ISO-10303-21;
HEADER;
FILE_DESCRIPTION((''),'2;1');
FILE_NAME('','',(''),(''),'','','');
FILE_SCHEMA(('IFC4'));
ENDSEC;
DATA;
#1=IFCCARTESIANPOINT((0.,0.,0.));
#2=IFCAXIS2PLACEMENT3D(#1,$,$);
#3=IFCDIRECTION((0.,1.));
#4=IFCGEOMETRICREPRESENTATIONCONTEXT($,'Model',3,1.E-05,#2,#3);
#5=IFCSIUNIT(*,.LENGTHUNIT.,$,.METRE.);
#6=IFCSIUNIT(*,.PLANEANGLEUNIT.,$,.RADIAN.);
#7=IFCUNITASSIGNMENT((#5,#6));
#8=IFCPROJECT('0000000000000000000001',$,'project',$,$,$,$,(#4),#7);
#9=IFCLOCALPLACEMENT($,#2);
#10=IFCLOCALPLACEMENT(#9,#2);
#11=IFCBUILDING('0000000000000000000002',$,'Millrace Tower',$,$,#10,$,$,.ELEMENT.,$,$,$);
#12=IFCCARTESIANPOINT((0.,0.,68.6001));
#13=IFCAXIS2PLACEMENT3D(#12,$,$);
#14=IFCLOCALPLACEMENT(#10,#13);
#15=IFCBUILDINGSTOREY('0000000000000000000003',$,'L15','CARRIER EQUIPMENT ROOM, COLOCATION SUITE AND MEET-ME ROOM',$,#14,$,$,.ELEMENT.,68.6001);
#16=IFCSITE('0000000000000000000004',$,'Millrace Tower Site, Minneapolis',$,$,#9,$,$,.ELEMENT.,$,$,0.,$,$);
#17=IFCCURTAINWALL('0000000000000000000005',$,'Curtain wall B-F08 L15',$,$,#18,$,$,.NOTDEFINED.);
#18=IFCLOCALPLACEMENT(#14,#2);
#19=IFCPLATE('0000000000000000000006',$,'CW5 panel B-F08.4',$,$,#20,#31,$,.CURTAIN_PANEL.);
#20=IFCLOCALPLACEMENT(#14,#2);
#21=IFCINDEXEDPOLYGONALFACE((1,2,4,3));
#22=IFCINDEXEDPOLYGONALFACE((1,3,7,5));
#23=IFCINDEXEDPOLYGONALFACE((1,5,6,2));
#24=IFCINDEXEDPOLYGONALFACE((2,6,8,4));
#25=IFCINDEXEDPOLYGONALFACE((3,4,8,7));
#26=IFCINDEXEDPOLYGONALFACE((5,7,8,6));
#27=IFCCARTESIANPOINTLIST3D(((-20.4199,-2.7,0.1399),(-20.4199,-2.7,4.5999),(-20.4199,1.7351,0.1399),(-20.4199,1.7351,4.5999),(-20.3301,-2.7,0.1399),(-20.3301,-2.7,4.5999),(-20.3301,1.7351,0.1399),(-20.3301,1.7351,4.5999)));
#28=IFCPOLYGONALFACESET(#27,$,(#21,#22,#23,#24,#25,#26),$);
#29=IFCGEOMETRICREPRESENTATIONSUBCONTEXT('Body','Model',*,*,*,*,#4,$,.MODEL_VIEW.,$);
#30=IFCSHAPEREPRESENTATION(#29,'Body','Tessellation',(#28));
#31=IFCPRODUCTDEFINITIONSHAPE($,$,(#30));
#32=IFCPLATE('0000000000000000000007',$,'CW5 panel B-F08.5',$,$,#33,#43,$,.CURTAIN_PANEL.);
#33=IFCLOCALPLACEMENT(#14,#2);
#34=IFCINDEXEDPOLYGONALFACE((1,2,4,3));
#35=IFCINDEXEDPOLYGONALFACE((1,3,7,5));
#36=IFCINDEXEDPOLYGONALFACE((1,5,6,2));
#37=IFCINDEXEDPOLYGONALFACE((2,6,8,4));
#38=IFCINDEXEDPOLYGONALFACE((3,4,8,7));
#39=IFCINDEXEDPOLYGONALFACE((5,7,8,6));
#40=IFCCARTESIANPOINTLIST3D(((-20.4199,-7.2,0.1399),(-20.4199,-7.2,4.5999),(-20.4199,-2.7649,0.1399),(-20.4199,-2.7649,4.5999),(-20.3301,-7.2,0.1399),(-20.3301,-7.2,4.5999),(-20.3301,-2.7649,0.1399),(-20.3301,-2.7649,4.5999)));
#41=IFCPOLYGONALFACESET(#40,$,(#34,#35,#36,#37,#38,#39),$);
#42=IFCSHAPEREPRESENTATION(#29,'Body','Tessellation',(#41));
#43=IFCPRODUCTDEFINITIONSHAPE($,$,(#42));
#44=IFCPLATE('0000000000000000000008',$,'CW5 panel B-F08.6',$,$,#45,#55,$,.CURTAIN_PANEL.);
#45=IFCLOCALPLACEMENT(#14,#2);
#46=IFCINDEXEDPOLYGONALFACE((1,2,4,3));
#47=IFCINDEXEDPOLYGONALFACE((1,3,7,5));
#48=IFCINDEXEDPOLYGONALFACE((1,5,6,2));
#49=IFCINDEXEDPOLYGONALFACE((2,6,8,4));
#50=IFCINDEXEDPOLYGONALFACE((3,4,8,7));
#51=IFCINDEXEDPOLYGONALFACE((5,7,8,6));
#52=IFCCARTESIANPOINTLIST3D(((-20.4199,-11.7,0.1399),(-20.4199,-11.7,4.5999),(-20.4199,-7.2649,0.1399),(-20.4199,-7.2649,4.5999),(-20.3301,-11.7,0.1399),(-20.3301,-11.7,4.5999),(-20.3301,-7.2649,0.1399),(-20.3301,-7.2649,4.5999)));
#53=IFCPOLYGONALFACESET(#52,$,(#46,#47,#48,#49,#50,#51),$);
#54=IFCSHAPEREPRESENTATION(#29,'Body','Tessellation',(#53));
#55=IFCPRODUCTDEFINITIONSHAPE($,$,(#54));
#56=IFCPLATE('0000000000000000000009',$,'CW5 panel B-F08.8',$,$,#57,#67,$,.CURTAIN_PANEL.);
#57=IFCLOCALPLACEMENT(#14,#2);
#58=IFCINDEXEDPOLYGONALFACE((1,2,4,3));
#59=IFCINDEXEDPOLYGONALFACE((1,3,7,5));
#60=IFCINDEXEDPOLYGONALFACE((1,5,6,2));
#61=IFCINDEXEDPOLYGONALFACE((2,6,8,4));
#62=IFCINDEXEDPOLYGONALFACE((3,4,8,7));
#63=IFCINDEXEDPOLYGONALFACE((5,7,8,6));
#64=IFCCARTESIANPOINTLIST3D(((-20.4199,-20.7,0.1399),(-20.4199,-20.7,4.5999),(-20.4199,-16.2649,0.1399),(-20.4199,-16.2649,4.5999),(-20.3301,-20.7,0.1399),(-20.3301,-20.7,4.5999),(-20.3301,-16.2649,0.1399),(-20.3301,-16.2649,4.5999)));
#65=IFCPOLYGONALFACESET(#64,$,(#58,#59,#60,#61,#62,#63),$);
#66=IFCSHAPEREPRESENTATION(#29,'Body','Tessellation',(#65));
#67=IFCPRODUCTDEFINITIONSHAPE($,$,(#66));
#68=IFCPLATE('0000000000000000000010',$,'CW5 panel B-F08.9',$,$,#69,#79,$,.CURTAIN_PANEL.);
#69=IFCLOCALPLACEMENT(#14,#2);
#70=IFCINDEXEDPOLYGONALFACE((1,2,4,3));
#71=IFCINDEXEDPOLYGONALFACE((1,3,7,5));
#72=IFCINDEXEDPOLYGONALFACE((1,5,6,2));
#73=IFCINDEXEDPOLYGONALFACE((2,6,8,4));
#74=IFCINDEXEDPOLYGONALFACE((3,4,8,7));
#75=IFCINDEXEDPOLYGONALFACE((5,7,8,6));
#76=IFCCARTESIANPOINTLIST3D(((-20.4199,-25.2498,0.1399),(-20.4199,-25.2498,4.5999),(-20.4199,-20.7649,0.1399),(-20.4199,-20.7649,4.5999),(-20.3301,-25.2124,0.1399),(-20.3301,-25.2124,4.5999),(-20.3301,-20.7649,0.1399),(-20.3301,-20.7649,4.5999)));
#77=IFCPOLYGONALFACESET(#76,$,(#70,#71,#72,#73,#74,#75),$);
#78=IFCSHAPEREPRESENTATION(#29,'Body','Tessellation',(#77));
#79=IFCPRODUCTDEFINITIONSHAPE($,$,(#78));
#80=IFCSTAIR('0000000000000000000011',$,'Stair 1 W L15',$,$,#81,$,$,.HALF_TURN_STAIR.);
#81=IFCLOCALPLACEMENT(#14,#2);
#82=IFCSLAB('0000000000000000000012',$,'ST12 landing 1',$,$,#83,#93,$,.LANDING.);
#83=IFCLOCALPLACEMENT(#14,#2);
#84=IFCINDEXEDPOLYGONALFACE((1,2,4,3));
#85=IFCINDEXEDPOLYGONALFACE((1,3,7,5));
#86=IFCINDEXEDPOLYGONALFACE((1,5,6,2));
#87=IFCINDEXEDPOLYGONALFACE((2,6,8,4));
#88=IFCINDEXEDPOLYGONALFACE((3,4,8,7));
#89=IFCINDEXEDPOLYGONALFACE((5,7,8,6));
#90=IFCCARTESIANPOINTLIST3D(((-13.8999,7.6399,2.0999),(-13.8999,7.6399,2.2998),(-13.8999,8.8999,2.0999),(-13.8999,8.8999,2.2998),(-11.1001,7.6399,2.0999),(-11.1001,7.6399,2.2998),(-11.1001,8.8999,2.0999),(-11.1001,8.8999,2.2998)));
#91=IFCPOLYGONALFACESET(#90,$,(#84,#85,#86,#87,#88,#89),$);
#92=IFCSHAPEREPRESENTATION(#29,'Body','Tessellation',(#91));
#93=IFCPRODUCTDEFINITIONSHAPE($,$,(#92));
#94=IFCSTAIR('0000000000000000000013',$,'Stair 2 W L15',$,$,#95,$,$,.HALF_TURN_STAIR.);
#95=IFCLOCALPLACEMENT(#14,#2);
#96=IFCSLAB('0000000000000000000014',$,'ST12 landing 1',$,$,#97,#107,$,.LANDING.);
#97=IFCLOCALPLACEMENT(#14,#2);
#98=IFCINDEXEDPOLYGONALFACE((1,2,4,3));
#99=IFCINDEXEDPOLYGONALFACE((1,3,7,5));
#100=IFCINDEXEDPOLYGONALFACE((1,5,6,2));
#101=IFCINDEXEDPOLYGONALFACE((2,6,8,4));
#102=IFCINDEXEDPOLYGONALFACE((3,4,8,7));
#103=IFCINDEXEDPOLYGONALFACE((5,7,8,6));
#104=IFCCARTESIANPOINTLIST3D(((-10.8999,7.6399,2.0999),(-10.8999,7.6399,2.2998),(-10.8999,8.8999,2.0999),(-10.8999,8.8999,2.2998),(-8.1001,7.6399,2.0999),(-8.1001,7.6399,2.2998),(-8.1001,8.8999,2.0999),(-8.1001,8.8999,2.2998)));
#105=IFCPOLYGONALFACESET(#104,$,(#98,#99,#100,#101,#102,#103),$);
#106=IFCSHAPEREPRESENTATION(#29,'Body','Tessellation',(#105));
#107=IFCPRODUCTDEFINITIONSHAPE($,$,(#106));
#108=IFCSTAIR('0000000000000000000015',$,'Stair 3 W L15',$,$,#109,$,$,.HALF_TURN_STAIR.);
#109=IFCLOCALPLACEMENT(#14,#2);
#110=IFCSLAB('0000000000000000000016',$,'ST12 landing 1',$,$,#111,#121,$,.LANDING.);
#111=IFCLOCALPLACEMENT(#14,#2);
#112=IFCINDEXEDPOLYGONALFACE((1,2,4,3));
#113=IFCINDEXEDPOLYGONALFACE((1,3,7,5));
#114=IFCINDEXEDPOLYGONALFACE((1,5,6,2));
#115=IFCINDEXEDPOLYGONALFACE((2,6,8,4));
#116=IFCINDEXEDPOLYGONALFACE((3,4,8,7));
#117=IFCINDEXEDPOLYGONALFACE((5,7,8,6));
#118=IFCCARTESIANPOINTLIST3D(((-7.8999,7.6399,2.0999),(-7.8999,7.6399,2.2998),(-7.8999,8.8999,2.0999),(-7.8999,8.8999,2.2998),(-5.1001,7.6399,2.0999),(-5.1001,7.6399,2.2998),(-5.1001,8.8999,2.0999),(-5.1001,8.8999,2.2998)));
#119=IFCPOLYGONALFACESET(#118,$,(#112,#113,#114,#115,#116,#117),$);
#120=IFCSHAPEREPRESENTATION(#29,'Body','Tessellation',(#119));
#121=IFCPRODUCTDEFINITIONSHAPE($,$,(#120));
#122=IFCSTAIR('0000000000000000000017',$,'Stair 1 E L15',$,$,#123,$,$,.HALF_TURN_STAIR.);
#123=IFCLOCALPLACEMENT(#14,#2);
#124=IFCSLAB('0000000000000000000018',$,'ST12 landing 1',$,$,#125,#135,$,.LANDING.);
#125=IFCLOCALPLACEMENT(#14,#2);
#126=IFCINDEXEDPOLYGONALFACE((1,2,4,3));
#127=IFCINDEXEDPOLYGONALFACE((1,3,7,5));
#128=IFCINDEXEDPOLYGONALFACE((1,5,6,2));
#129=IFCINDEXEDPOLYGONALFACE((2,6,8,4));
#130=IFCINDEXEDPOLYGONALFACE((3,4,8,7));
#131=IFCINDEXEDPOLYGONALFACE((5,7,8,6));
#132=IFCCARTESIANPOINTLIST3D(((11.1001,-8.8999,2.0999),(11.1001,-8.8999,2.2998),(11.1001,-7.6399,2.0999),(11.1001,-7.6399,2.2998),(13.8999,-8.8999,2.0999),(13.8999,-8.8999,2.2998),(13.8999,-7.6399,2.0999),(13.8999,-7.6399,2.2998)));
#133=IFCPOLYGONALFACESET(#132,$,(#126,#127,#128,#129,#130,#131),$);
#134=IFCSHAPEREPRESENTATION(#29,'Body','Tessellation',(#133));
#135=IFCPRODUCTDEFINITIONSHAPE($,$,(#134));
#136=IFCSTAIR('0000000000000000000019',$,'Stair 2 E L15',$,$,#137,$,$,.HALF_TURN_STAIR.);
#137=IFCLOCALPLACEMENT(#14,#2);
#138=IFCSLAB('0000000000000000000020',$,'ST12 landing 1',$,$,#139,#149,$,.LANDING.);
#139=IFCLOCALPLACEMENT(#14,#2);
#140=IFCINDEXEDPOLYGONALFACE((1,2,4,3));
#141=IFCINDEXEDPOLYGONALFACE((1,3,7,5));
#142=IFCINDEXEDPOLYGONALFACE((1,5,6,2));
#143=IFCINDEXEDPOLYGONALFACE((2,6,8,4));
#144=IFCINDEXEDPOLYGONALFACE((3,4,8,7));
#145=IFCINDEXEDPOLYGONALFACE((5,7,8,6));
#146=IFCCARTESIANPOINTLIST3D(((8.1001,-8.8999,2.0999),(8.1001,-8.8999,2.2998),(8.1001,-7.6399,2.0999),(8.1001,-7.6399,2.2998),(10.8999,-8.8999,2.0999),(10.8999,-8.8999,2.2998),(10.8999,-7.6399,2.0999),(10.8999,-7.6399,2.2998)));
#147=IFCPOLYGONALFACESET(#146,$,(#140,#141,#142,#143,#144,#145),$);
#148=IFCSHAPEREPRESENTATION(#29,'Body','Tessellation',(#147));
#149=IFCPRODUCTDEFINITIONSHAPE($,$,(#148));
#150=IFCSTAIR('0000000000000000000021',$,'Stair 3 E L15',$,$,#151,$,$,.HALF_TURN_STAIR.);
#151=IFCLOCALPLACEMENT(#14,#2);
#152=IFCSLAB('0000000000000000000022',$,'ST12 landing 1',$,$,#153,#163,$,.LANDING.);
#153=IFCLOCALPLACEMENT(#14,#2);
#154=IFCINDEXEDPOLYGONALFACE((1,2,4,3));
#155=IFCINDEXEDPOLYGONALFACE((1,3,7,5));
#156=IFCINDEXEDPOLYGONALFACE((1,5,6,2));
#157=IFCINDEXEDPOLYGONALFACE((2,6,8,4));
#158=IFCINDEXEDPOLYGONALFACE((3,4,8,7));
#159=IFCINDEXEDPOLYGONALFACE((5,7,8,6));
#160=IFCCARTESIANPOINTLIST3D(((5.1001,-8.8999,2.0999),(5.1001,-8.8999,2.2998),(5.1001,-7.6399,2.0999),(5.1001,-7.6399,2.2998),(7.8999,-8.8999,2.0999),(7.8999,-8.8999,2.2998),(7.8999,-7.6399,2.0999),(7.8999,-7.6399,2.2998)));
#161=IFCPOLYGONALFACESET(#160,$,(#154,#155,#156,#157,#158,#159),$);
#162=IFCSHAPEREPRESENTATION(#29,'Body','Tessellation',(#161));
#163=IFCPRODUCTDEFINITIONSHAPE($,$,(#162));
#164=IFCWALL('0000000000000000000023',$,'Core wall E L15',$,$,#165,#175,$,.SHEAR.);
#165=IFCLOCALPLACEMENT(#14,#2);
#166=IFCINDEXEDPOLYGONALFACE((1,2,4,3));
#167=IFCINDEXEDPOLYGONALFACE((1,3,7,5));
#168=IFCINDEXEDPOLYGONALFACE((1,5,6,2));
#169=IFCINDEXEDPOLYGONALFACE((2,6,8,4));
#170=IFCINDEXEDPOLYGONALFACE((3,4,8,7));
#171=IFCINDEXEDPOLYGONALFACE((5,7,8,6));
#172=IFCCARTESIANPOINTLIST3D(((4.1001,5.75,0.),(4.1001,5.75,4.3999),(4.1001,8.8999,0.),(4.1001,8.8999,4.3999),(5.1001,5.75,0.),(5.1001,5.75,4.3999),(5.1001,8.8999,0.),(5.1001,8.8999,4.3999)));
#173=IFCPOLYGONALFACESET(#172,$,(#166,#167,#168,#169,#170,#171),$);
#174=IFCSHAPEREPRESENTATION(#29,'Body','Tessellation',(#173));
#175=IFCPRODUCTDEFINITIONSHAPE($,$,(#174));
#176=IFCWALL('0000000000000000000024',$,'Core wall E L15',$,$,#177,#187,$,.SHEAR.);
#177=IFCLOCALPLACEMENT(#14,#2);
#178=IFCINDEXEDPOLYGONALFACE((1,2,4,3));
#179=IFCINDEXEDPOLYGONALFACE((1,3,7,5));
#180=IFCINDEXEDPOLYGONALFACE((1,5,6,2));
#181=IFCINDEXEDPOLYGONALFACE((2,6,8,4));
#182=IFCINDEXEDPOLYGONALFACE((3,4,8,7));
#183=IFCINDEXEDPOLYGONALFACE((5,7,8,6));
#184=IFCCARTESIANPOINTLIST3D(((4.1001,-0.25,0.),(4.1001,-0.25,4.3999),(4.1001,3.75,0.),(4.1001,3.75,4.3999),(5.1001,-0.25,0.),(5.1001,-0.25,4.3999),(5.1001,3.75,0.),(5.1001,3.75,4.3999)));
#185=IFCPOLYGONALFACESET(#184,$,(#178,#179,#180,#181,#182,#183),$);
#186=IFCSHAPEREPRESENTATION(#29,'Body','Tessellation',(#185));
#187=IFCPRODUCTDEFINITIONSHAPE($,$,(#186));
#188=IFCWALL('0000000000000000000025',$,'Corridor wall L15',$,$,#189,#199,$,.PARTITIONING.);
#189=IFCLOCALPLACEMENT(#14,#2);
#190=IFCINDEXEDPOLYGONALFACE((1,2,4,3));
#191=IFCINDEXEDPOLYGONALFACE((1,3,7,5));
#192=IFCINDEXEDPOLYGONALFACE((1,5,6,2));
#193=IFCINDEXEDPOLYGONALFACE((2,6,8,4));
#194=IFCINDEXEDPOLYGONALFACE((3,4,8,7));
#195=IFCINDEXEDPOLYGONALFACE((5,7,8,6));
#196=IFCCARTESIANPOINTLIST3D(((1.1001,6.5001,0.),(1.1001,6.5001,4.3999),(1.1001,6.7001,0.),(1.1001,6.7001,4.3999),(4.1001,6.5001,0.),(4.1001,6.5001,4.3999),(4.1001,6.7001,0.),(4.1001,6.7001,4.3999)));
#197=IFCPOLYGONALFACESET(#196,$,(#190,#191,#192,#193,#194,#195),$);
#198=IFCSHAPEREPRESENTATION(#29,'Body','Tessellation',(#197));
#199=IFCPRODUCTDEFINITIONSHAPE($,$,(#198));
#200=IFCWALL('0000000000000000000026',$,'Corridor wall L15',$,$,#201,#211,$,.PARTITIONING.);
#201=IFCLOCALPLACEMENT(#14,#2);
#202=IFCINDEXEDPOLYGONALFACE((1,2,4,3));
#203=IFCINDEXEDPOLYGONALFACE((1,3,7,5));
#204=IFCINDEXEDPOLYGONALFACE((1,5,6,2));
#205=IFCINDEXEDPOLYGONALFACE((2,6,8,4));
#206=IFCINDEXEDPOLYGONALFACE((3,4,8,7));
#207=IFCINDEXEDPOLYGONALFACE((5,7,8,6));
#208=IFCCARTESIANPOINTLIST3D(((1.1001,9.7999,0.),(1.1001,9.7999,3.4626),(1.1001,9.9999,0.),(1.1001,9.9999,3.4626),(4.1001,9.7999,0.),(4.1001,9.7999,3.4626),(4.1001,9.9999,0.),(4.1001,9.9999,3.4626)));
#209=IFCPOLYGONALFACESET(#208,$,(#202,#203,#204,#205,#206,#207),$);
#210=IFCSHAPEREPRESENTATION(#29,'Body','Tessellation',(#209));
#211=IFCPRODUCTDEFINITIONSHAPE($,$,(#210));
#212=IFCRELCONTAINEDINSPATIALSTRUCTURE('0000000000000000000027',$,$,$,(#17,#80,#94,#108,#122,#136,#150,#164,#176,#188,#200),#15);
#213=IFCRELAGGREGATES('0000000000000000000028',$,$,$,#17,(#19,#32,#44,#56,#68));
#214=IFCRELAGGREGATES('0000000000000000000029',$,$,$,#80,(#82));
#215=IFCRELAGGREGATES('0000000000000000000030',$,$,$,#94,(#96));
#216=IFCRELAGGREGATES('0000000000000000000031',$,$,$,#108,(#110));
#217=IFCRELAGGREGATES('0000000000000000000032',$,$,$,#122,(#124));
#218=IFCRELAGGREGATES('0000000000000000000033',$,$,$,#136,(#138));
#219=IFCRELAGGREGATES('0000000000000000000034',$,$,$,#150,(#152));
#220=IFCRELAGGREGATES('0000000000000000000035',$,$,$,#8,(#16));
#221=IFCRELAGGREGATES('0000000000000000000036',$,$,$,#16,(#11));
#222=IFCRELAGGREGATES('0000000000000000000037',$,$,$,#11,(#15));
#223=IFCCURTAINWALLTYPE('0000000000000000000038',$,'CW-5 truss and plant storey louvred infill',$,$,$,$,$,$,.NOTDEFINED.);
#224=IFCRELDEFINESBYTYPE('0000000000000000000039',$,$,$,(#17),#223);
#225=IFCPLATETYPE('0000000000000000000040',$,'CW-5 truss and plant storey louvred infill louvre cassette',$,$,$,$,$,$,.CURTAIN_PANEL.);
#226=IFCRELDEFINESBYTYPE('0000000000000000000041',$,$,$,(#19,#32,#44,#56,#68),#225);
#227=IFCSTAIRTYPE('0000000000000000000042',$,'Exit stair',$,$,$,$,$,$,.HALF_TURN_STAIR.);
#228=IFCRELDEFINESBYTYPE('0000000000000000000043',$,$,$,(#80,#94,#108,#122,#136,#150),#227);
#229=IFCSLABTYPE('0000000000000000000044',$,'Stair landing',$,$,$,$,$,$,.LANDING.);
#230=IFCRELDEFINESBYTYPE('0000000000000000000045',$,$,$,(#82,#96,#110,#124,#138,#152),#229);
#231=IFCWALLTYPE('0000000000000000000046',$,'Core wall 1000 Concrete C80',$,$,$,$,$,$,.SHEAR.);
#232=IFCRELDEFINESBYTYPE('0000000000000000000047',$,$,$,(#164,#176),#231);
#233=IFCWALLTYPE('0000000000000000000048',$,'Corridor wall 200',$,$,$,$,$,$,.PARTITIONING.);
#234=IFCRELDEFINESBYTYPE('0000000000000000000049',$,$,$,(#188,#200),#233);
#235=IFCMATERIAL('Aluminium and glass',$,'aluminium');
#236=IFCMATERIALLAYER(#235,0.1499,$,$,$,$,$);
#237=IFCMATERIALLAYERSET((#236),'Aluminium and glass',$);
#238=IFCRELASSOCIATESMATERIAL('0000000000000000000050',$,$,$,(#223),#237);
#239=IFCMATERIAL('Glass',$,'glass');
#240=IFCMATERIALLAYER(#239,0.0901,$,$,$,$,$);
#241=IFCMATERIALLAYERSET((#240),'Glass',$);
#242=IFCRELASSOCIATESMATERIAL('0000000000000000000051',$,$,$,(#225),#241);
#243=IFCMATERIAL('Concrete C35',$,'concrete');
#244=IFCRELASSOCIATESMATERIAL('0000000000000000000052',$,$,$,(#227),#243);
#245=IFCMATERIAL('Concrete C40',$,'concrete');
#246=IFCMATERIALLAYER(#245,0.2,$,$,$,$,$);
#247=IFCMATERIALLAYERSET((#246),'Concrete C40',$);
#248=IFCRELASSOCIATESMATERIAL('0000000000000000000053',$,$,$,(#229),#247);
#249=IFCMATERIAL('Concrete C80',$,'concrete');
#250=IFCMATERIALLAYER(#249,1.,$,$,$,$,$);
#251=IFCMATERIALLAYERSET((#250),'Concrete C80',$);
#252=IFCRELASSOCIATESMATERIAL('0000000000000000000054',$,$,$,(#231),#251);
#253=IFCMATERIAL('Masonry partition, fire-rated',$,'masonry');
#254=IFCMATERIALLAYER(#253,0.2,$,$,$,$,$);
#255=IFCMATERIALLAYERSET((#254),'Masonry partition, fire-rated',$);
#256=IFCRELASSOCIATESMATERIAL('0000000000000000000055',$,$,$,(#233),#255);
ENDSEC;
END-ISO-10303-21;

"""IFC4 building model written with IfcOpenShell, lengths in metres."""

from ifc_helpers import new_model, si_unit, direction, frame, frame_2d, origin, place, context, subcontext, project, spatial, polyline, rectangle, outline, extrude, material, layer, layer_set, type_object, element, aggregate, save


model = new_model("IFC4")

# Units and contexts
model_context = context("Model", 3, precision=1e-05, world=origin(), true_north=direction((0.0, 1.0)))
body_context = subcontext(model_context, "Body", "Model", "MODEL_VIEW")
ifc_project = project(units=[si_unit("LENGTHUNIT", "METRE"), si_unit("PLANEANGLEUNIT", "RADIAN")], contexts=[model_context])

# Site, building, storey
site_placement = place(None, origin())
site = spatial("IfcSite", under=ifc_project, at=site_placement, Name="Millrace Tower Site, Minneapolis", CompositionType="ELEMENT", RefElevation=0.0)
building_placement = place(site_placement, origin())
building = spatial("IfcBuilding", under=site, at=building_placement, Name="Millrace Tower", CompositionType="ELEMENT")
storey_placement = place(building_placement, frame((0.0, 0.0, 68.6001)))
storey = spatial("IfcBuildingStorey", under=building, at=storey_placement, Name="L15", Description="CARRIER EQUIPMENT ROOM, COLOCATION SUITE AND MEET-ME ROOM", CompositionType="ELEMENT", Elevation=68.6001)

# Curtain wall, plates
ifc_material_1 = material(Name="Aluminium and glass", Category="aluminium")
ifc_layer_1 = layer(ifc_material_1, 0.1499)
ifc_layer_set_1 = layer_set([ifc_layer_1], Name="Aluminium and glass")
curtain_wall_type = type_object("IfcCurtainWallType", Name="CW-5 truss and plant storey louvred infill", PredefinedType="NOTDEFINED", material=ifc_layer_set_1)
placement_1 = place(storey_placement, origin())
curtain_wall = element("IfcCurtainWall", 1, at=placement_1, inside=storey, type_object=curtain_wall_type, Name="Curtain wall B-F08 L15", PredefinedType="NOTDEFINED")
ifc_material_2 = material(Name="Glass", Category="glass")
ifc_layer_2 = layer(ifc_material_2, 0.0901)
ifc_layer_set_2 = layer_set([ifc_layer_2], Name="Glass")
plate_type = type_object("IfcPlateType", Name="CW-5 truss and plant storey louvred infill louvre cassette", PredefinedType="CURTAIN_PANEL", material=ifc_layer_set_2)
placement_2 = place(storey_placement, frame((0.0, 0.0, 0.1399)))
plate_1 = element("IfcPlate", 2, at=placement_2, type_object=plate_type, Name="CW5 panel B-F08.4", PredefinedType="CURTAIN_PANEL", context=body_context, shape_type="SweptSolid", body=[
    extrude(outline(polyline([(-20.4199, 1.7351), (-20.4199, -2.7), (-20.3301, -2.7), (-20.3301, 1.7351), (-20.4199, 1.7351)])), origin(), (0.0, 0.0, 1.0), 4.46),
])
plate_2 = element("IfcPlate", 3, at=placement_2, type_object=plate_type, Name="CW5 panel B-F08.5", PredefinedType="CURTAIN_PANEL", context=body_context, shape_type="SweptSolid", body=[
    extrude(outline(polyline([(-20.4199, -2.7649), (-20.4199, -7.2), (-20.3301, -7.2), (-20.3301, -2.7649), (-20.4199, -2.7649)])), origin(), (0.0, 0.0, 1.0), 4.46),
])
plate_3 = element("IfcPlate", 4, at=placement_2, type_object=plate_type, Name="CW5 panel B-F08.6", PredefinedType="CURTAIN_PANEL", context=body_context, shape_type="SweptSolid", body=[
    extrude(outline(polyline([(-20.4199, -7.2649), (-20.4199, -11.7), (-20.3301, -11.7), (-20.3301, -7.2649), (-20.4199, -7.2649)])), origin(), (0.0, 0.0, 1.0), 4.46),
])
plate_4 = element("IfcPlate", 5, at=placement_2, type_object=plate_type, Name="CW5 panel B-F08.8", PredefinedType="CURTAIN_PANEL", context=body_context, shape_type="SweptSolid", body=[
    extrude(outline(polyline([(-20.4199, -16.2649), (-20.4199, -20.7), (-20.3301, -20.7), (-20.3301, -16.2649), (-20.4199, -16.2649)])), origin(), (0.0, 0.0, 1.0), 4.46),
])
plate_5 = element("IfcPlate", 6, at=placement_2, type_object=plate_type, Name="CW5 panel B-F08.9", PredefinedType="CURTAIN_PANEL", context=body_context, shape_type="SweptSolid", body=[
    extrude(outline(polyline([(-20.4199, -20.7649), (-20.4199, -25.2498), (-20.3301, -25.2124), (-20.3301, -20.7649), (-20.4199, -20.7649)])), origin(), (0.0, 0.0, 1.0), 4.46),
])
aggregate(curtain_wall, [plate_1, plate_2, plate_3, plate_4, plate_5])

# Stairs, slabs
ifc_material_3 = material(Name="Concrete C35", Category="concrete")
stair_type = type_object("IfcStairType", Name="Exit stair", PredefinedType="HALF_TURN_STAIR", material=ifc_material_3)
stair_1 = element("IfcStair", 7, at=placement_1, inside=storey, type_object=stair_type, Name="Stair 1 W L15", PredefinedType="HALF_TURN_STAIR")
ifc_material_4 = material(Name="Concrete C40", Category="concrete")
ifc_layer_3 = layer(ifc_material_4, 0.2)
ifc_layer_set_3 = layer_set([ifc_layer_3], Name="Concrete C40")
slab_type = type_object("IfcSlabType", Name="Stair landing", PredefinedType="LANDING", material=ifc_layer_set_3)
placement_3 = place(storey_placement, frame((0.0, 0.0, 2.0999)))
slab_1 = element("IfcSlab", 8, at=placement_3, type_object=slab_type, Name="ST12 landing 1", PredefinedType="LANDING", context=body_context, shape_type="SweptSolid", body=[
    extrude(outline(polyline([(-13.8999, 7.6399), (-11.1001, 7.6399), (-11.1001, 8.8999), (-13.8999, 8.8999), (-13.8999, 7.6399)])), origin(), (0.0, 0.0, 1.0), 0.2),
])
aggregate(stair_1, [slab_1])
stair_2 = element("IfcStair", 9, at=placement_1, inside=storey, type_object=stair_type, Name="Stair 2 W L15", PredefinedType="HALF_TURN_STAIR")
slab_2 = element("IfcSlab", 10, at=placement_3, type_object=slab_type, Name="ST12 landing 1", PredefinedType="LANDING", context=body_context, shape_type="SweptSolid", body=[
    extrude(outline(polyline([(-10.8999, 7.6399), (-8.1001, 7.6399), (-8.1001, 8.8999), (-10.8999, 8.8999), (-10.8999, 7.6399)])), origin(), (0.0, 0.0, 1.0), 0.2),
])
aggregate(stair_2, [slab_2])
stair_3 = element("IfcStair", 11, at=placement_1, inside=storey, type_object=stair_type, Name="Stair 3 W L15", PredefinedType="HALF_TURN_STAIR")
slab_3 = element("IfcSlab", 12, at=placement_3, type_object=slab_type, Name="ST12 landing 1", PredefinedType="LANDING", context=body_context, shape_type="SweptSolid", body=[
    extrude(outline(polyline([(-7.8999, 7.6399), (-5.1001, 7.6399), (-5.1001, 8.8999), (-7.8999, 8.8999), (-7.8999, 7.6399)])), origin(), (0.0, 0.0, 1.0), 0.2),
])
aggregate(stair_3, [slab_3])
stair_4 = element("IfcStair", 13, at=placement_1, inside=storey, type_object=stair_type, Name="Stair 1 E L15", PredefinedType="HALF_TURN_STAIR")
slab_4 = element("IfcSlab", 14, at=placement_3, type_object=slab_type, Name="ST12 landing 1", PredefinedType="LANDING", context=body_context, shape_type="SweptSolid", body=[
    extrude(outline(polyline([(11.1001, -8.8999), (13.8999, -8.8999), (13.8999, -7.6399), (11.1001, -7.6399), (11.1001, -8.8999)])), origin(), (0.0, 0.0, 1.0), 0.2),
])
aggregate(stair_4, [slab_4])
stair_5 = element("IfcStair", 15, at=placement_1, inside=storey, type_object=stair_type, Name="Stair 2 E L15", PredefinedType="HALF_TURN_STAIR")
slab_5 = element("IfcSlab", 16, at=placement_3, type_object=slab_type, Name="ST12 landing 1", PredefinedType="LANDING", context=body_context, shape_type="SweptSolid", body=[
    extrude(outline(polyline([(8.1001, -8.8999), (10.8999, -8.8999), (10.8999, -7.6399), (8.1001, -7.6399), (8.1001, -8.8999)])), origin(), (0.0, 0.0, 1.0), 0.2),
])
aggregate(stair_5, [slab_5])
stair_6 = element("IfcStair", 17, at=placement_1, inside=storey, type_object=stair_type, Name="Stair 3 E L15", PredefinedType="HALF_TURN_STAIR")
slab_6 = element("IfcSlab", 18, at=placement_3, type_object=slab_type, Name="ST12 landing 1", PredefinedType="LANDING", context=body_context, shape_type="SweptSolid", body=[
    extrude(outline(polyline([(5.1001, -8.8999), (7.8999, -8.8999), (7.8999, -7.6399), (5.1001, -7.6399), (5.1001, -8.8999)])), origin(), (0.0, 0.0, 1.0), 0.2),
])
aggregate(stair_6, [slab_6])

# Walls
ifc_material_5 = material(Name="Concrete C80", Category="concrete")
ifc_layer_4 = layer(ifc_material_5, 1.0)
ifc_layer_set_4 = layer_set([ifc_layer_4], Name="Concrete C80")
wall_type_1 = type_object("IfcWallType", Name="Core wall 1000 Concrete C80", PredefinedType="SHEAR", material=ifc_layer_set_4)
wall_1_placement = place(storey_placement, frame((4.6001, 8.8999, 0.0), z_axis=(0.0, 0.0, 1.0), x_axis=(0.0, -1.0, 0.0)))
element("IfcWall", 19, at=wall_1_placement, inside=storey, type_object=wall_type_1, Name="Core wall E L15", PredefinedType="SHEAR", context=body_context, shape_type="SweptSolid", body=[
    extrude(rectangle(XDim=3.1499, YDim=1.0, at=frame_2d((1.575, 0.0))), origin(), (0.0, 0.0, 1.0), 4.3999),
])
wall_2_placement = place(storey_placement, frame((4.6001, 3.75, 0.0), z_axis=(0.0, 0.0, 1.0), x_axis=(0.0, -1.0, 0.0)))
element("IfcWall", 20, at=wall_2_placement, inside=storey, type_object=wall_type_1, Name="Core wall E L15", PredefinedType="SHEAR", context=body_context, shape_type="SweptSolid", body=[
    extrude(rectangle(XDim=4.0, YDim=1.0, at=frame_2d((2.0, 0.0))), origin(), (0.0, 0.0, 1.0), 4.3999),
])
ifc_material_6 = material(Name="Masonry partition, fire-rated", Category="masonry")
ifc_layer_5 = layer(ifc_material_6, 0.2)
ifc_layer_set_5 = layer_set([ifc_layer_5], Name="Masonry partition, fire-rated")
wall_type_2 = type_object("IfcWallType", Name="Corridor wall 200", PredefinedType="PARTITIONING", material=ifc_layer_set_5)
wall_3_placement = place(storey_placement, frame((1.1001, 6.6001, 0.0), z_axis=(0.0, 0.0, 1.0), x_axis=(1.0, 0.0, 0.0)))
element("IfcWall", 21, at=wall_3_placement, inside=storey, type_object=wall_type_2, Name="Corridor wall L15", PredefinedType="PARTITIONING", context=body_context, shape_type="SweptSolid", body=[
    extrude(rectangle(XDim=3.0, YDim=0.2, at=frame_2d((1.5, 0.0))), origin(), (0.0, 0.0, 1.0), 4.3999),
])
wall_4_placement = place(storey_placement, frame((1.1001, 9.8999, 0.0), z_axis=(0.0, 0.0, 1.0), x_axis=(1.0, 0.0, 0.0)))
element("IfcWall", 22, at=wall_4_placement, inside=storey, type_object=wall_type_2, Name="Corridor wall L15", PredefinedType="PARTITIONING", context=body_context, shape_type="SweptSolid", body=[
    extrude(rectangle(XDim=3.0, YDim=0.2, at=frame_2d((1.5, 0.0))), origin(), (0.0, 0.0, 1.0), 3.4626),
])

save(model, "model.ifc")
